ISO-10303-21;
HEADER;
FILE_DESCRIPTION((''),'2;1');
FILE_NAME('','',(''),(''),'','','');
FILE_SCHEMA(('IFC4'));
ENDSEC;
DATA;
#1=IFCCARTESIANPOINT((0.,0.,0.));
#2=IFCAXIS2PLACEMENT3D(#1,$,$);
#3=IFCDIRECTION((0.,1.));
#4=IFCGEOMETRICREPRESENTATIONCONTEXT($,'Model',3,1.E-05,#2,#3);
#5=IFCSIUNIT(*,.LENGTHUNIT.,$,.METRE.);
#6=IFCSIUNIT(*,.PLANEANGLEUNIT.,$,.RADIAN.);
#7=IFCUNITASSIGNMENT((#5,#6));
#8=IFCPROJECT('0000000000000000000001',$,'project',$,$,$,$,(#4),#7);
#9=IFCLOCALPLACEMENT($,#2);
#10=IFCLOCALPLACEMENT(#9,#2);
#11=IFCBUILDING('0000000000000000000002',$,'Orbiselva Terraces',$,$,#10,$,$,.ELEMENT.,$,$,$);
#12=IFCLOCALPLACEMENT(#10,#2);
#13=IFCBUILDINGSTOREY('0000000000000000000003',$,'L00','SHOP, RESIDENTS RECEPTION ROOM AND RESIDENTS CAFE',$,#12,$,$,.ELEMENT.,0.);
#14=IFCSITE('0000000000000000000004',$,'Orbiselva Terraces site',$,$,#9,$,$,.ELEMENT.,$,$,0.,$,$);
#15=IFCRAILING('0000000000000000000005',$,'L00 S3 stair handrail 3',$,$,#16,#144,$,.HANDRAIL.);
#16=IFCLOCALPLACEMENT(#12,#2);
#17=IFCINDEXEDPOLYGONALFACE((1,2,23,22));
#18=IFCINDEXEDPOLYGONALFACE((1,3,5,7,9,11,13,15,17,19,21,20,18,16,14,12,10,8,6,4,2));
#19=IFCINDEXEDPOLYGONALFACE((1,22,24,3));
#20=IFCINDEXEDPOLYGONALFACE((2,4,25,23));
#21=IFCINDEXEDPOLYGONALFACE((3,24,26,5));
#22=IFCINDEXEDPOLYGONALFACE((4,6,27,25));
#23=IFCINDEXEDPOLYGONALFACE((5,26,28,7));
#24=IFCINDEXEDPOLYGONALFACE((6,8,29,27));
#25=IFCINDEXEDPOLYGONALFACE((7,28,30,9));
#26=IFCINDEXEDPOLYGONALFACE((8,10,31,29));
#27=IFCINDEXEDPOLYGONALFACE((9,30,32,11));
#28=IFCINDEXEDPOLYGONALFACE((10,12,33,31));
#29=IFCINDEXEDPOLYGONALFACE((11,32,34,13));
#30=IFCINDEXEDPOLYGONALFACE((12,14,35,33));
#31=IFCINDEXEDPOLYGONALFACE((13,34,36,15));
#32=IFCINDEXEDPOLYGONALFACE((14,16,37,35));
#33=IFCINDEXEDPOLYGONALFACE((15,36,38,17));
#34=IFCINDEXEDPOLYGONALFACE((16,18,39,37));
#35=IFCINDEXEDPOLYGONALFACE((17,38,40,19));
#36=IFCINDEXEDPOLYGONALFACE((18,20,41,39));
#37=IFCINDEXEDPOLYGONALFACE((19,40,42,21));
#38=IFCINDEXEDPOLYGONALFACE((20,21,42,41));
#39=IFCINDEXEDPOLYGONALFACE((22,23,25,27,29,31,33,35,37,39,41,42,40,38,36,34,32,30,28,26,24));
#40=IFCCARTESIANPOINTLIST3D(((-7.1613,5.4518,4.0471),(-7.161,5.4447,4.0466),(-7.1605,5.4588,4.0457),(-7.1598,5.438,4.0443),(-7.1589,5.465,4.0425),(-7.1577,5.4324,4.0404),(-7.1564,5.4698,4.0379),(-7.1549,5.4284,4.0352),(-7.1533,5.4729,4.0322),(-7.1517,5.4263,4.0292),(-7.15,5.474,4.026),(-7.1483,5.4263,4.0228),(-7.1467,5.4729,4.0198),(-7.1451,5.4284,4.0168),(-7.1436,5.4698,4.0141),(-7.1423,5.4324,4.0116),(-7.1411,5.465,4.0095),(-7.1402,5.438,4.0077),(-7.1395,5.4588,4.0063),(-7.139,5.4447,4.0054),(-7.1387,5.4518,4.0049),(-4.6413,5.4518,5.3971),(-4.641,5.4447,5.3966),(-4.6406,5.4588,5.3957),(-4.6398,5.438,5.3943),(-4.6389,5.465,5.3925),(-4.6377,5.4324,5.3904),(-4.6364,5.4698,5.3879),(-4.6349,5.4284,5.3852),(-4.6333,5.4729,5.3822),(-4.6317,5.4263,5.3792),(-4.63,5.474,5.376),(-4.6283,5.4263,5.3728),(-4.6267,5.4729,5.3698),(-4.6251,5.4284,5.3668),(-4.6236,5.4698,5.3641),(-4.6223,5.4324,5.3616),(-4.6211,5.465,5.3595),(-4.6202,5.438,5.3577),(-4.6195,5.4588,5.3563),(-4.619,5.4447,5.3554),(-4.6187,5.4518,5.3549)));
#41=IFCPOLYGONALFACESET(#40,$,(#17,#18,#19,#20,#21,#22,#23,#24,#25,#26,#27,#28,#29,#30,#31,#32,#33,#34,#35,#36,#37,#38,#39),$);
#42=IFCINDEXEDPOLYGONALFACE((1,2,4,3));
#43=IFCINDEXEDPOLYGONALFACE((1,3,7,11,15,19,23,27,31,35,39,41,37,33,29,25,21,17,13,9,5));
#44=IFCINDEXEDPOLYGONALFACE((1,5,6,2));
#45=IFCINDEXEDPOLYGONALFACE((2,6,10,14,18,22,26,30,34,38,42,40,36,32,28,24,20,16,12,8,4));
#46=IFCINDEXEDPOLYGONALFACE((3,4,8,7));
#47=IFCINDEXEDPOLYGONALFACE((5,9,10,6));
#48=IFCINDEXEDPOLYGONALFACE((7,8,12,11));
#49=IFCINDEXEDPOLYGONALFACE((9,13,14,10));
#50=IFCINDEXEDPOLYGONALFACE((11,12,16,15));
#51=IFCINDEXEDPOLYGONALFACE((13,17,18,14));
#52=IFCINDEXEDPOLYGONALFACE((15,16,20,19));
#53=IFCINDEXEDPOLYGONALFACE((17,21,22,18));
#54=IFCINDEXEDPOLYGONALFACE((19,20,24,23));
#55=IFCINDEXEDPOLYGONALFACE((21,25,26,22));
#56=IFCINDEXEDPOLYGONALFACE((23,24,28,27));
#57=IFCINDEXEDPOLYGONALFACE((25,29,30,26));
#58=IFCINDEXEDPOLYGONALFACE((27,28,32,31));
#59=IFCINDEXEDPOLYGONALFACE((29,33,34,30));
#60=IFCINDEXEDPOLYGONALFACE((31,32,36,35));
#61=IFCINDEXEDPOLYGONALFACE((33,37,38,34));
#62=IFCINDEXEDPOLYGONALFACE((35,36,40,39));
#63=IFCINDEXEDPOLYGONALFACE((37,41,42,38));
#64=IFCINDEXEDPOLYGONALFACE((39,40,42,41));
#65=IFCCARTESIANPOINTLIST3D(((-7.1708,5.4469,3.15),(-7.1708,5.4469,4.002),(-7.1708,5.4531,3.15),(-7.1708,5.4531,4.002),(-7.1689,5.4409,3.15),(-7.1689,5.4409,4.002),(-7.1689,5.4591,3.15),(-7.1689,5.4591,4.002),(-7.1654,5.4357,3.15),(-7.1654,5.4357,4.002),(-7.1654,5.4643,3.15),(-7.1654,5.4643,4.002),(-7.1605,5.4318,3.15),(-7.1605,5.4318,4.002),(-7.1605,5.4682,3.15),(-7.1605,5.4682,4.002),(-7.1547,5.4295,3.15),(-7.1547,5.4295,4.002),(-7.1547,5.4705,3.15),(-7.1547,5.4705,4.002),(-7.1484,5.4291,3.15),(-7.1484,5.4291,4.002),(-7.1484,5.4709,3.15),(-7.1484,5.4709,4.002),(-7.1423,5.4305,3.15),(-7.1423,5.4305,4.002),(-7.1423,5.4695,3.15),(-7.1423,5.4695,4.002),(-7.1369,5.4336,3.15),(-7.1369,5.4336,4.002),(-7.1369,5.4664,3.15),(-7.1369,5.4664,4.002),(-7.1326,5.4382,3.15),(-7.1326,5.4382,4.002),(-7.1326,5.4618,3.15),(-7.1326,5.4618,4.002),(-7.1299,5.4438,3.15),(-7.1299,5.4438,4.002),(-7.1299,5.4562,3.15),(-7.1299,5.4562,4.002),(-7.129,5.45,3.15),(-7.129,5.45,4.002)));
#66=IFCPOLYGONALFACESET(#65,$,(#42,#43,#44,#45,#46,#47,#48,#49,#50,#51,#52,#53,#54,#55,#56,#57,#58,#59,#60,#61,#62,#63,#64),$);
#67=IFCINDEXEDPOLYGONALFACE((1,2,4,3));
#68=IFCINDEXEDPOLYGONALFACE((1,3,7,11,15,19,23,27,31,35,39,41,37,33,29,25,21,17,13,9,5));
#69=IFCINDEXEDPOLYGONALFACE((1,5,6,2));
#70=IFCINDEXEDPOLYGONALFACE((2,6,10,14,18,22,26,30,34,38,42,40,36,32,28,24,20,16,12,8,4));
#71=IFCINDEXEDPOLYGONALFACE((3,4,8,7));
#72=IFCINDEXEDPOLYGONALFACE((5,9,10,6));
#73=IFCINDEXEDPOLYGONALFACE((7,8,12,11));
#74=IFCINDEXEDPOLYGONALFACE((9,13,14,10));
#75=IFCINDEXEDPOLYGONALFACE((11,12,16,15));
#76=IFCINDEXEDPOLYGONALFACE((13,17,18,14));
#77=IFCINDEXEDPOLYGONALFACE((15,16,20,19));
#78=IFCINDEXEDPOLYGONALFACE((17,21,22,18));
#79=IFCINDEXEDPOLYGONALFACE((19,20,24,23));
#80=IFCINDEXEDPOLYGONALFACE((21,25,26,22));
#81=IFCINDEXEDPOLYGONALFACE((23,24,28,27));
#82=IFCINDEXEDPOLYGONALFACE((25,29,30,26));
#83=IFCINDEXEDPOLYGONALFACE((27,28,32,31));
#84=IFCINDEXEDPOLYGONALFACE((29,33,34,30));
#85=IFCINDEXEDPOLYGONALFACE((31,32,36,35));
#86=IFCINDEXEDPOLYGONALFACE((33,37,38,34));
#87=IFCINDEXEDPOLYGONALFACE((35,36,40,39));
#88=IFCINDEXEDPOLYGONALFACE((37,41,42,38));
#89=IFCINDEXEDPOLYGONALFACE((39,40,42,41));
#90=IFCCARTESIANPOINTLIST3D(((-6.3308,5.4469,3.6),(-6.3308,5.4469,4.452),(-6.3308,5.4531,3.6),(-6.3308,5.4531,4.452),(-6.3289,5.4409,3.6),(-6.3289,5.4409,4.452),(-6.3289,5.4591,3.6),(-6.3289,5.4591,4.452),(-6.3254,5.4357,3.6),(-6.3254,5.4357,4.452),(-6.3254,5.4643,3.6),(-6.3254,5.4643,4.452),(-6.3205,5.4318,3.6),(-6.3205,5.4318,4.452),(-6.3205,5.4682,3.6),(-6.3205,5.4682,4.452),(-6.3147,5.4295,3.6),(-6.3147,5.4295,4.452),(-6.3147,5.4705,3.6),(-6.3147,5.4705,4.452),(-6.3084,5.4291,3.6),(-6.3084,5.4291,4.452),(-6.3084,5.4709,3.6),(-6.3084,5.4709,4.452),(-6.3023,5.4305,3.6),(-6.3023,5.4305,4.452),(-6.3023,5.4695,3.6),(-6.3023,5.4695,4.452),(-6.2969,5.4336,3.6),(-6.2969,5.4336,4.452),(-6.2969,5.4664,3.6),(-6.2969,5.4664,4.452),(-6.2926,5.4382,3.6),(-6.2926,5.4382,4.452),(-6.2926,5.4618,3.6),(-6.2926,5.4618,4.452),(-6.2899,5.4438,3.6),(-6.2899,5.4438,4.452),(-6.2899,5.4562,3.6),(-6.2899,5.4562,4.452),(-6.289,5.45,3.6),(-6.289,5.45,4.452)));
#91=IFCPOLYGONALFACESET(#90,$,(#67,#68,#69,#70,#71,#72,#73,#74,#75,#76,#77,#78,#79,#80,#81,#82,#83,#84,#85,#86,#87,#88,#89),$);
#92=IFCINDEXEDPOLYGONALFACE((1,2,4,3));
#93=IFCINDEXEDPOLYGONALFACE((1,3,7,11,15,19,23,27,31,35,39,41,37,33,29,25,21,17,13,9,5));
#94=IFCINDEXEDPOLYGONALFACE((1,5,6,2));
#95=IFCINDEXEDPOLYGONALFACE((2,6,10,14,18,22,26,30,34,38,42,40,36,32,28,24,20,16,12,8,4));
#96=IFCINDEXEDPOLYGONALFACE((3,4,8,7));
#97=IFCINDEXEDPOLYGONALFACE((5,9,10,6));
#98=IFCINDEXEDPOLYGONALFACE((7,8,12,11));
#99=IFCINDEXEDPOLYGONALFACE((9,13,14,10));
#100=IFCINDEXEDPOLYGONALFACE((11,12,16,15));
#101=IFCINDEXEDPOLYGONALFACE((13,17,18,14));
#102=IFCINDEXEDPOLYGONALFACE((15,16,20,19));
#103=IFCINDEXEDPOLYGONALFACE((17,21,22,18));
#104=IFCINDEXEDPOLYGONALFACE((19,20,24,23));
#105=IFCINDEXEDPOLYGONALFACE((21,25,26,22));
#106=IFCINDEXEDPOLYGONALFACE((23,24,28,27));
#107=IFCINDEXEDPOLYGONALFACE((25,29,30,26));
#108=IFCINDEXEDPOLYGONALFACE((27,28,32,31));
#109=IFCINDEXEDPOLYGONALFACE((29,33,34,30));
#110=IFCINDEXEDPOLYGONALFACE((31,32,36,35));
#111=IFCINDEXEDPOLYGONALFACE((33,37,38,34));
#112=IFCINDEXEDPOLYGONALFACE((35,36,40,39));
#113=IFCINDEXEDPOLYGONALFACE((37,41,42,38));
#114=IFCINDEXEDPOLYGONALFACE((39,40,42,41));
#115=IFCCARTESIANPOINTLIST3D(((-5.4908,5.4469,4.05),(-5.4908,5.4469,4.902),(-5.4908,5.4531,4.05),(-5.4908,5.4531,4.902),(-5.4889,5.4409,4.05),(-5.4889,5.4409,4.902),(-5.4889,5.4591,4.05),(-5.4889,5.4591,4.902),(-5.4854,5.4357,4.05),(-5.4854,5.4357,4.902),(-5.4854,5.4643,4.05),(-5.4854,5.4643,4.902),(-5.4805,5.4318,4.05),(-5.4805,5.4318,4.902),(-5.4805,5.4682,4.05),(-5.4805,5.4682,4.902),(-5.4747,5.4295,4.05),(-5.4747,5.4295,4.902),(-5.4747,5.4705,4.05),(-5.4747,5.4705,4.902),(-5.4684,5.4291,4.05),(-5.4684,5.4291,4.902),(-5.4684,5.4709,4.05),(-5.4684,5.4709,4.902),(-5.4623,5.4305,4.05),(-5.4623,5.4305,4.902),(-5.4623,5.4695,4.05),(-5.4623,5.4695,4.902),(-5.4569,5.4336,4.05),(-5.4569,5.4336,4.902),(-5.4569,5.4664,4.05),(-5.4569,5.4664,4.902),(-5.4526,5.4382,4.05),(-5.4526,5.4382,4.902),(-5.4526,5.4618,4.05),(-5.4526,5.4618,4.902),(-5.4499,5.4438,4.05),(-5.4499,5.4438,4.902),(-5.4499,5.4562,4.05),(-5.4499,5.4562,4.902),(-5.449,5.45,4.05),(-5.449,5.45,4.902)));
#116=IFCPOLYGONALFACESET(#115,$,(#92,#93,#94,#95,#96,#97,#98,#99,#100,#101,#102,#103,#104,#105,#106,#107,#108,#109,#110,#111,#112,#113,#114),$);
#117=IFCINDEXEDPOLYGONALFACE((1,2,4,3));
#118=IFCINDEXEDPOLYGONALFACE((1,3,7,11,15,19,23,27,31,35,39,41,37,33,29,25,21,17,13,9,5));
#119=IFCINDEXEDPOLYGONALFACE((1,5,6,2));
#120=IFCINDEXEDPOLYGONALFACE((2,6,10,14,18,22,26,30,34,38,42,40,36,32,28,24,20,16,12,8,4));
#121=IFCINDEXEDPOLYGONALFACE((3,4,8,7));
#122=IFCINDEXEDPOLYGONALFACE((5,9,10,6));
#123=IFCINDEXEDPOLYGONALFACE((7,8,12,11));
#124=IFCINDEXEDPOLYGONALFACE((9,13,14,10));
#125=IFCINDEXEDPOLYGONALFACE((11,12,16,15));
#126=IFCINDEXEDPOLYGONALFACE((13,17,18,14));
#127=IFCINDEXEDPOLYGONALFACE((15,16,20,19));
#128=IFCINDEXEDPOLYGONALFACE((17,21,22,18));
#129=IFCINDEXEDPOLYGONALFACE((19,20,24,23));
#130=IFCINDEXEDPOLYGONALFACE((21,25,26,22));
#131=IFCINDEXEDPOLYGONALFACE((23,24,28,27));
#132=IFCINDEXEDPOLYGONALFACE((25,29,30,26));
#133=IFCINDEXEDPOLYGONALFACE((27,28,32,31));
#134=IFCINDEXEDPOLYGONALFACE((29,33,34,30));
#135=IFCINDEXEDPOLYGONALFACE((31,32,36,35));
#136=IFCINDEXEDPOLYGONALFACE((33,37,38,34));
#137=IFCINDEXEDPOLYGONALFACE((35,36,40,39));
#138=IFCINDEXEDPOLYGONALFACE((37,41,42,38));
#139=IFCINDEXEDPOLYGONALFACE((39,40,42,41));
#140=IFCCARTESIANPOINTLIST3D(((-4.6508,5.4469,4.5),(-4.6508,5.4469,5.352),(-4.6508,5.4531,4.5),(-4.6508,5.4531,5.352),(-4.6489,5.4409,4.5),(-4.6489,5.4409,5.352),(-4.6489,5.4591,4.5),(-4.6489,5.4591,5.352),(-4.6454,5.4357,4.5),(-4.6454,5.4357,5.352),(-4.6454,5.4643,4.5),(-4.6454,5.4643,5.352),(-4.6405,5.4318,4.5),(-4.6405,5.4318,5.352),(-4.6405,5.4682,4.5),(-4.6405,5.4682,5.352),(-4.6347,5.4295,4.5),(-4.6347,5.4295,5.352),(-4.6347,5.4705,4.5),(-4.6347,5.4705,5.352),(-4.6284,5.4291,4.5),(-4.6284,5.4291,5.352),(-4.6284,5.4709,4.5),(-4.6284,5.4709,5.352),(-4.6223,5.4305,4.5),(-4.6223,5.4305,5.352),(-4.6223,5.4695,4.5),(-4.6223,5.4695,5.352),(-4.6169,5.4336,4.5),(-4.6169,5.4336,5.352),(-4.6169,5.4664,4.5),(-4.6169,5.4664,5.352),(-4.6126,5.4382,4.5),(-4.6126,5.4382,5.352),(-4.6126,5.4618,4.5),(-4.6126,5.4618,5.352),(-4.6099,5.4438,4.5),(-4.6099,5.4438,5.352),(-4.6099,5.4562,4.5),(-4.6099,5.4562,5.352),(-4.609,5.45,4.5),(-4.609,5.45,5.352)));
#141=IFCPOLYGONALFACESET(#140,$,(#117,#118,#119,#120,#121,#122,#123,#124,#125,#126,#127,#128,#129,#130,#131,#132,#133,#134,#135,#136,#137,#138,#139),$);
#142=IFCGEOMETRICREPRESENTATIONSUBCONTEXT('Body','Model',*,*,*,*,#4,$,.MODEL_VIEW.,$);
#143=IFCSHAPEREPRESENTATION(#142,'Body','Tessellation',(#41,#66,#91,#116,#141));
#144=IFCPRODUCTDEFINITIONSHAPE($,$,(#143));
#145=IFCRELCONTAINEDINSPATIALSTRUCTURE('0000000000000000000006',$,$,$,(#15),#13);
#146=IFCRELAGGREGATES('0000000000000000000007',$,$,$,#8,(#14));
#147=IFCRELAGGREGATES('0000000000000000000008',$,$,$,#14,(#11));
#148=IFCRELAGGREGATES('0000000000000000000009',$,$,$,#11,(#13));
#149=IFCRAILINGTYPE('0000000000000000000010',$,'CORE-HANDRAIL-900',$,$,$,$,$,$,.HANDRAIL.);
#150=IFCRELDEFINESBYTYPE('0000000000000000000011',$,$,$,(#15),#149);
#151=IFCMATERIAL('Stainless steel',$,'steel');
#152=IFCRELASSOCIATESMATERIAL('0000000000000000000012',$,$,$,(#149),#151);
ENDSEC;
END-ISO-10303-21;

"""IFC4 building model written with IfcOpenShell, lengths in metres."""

from ifc_helpers import new_model, si_unit, direction, frame, origin, origin_2d, place, context, subcontext, project, spatial, circle, extrude, material, type_object, element, save


model = new_model("IFC4")

# Units and contexts
model_context = context("Model", 3, precision=1e-05, world=origin(), true_north=direction((0.0, 1.0)))
body_context = subcontext(model_context, "Body", "Model", "MODEL_VIEW")
ifc_project = project(units=[si_unit("LENGTHUNIT", "METRE"), si_unit("PLANEANGLEUNIT", "RADIAN")], contexts=[model_context])

# Site, building, storey
site_placement = place(None, origin())
site = spatial("IfcSite", under=ifc_project, at=site_placement, Name="Orbiselva Terraces site", CompositionType="ELEMENT", RefElevation=0.0)
building_placement = place(site_placement, origin())
building = spatial("IfcBuilding", under=site, at=building_placement, Name="Orbiselva Terraces", CompositionType="ELEMENT")
storey_placement = place(building_placement, origin())
storey = spatial("IfcBuildingStorey", under=building, at=storey_placement, Name="L00", Description="SHOP, RESIDENTS RECEPTION ROOM AND RESIDENTS CAFE", CompositionType="ELEMENT", Elevation=0.0)

# Railing
ifc_material_1 = material(Name="Stainless steel", Category="steel")
railing_type_1 = type_object("IfcRailingType", Name="CORE-HANDRAIL-900", PredefinedType="HANDRAIL", material=ifc_material_1)
railing_1_placement = place(storey_placement, frame((-7.15, 5.45, 3.15)))
element("IfcRailing", 1, at=railing_1_placement, inside=storey, type_object=railing_type_1, Name="L00 S3 stair handrail 3", PredefinedType="HANDRAIL", context=body_context, shape_type="SweptSolid", body=[
    extrude(circle(Radius=0.024, at=origin_2d()), frame((0.0, 0.0, 0.876), z_axis=(0.88148, 0.0, 0.472221), x_axis=(0.0, 1.0, 0.0)), (0.0, 0.0, 1.0), 2.8588),
    extrude(circle(Radius=0.021, at=origin_2d()), origin(), (0.0, 0.0, 1.0), 0.852),
    extrude(circle(Radius=0.021, at=origin_2d()), frame((0.84, 0.0, 0.45)), (0.0, 0.0, 1.0), 0.852),
    extrude(circle(Radius=0.021, at=origin_2d()), frame((1.68, 0.0, 0.9)), (0.0, 0.0, 1.0), 0.852),
    extrude(circle(Radius=0.021, at=origin_2d()), frame((2.52, 0.0, 1.35)), (0.0, 0.0, 1.0), 0.852),
])

save(model, "model.ifc")
